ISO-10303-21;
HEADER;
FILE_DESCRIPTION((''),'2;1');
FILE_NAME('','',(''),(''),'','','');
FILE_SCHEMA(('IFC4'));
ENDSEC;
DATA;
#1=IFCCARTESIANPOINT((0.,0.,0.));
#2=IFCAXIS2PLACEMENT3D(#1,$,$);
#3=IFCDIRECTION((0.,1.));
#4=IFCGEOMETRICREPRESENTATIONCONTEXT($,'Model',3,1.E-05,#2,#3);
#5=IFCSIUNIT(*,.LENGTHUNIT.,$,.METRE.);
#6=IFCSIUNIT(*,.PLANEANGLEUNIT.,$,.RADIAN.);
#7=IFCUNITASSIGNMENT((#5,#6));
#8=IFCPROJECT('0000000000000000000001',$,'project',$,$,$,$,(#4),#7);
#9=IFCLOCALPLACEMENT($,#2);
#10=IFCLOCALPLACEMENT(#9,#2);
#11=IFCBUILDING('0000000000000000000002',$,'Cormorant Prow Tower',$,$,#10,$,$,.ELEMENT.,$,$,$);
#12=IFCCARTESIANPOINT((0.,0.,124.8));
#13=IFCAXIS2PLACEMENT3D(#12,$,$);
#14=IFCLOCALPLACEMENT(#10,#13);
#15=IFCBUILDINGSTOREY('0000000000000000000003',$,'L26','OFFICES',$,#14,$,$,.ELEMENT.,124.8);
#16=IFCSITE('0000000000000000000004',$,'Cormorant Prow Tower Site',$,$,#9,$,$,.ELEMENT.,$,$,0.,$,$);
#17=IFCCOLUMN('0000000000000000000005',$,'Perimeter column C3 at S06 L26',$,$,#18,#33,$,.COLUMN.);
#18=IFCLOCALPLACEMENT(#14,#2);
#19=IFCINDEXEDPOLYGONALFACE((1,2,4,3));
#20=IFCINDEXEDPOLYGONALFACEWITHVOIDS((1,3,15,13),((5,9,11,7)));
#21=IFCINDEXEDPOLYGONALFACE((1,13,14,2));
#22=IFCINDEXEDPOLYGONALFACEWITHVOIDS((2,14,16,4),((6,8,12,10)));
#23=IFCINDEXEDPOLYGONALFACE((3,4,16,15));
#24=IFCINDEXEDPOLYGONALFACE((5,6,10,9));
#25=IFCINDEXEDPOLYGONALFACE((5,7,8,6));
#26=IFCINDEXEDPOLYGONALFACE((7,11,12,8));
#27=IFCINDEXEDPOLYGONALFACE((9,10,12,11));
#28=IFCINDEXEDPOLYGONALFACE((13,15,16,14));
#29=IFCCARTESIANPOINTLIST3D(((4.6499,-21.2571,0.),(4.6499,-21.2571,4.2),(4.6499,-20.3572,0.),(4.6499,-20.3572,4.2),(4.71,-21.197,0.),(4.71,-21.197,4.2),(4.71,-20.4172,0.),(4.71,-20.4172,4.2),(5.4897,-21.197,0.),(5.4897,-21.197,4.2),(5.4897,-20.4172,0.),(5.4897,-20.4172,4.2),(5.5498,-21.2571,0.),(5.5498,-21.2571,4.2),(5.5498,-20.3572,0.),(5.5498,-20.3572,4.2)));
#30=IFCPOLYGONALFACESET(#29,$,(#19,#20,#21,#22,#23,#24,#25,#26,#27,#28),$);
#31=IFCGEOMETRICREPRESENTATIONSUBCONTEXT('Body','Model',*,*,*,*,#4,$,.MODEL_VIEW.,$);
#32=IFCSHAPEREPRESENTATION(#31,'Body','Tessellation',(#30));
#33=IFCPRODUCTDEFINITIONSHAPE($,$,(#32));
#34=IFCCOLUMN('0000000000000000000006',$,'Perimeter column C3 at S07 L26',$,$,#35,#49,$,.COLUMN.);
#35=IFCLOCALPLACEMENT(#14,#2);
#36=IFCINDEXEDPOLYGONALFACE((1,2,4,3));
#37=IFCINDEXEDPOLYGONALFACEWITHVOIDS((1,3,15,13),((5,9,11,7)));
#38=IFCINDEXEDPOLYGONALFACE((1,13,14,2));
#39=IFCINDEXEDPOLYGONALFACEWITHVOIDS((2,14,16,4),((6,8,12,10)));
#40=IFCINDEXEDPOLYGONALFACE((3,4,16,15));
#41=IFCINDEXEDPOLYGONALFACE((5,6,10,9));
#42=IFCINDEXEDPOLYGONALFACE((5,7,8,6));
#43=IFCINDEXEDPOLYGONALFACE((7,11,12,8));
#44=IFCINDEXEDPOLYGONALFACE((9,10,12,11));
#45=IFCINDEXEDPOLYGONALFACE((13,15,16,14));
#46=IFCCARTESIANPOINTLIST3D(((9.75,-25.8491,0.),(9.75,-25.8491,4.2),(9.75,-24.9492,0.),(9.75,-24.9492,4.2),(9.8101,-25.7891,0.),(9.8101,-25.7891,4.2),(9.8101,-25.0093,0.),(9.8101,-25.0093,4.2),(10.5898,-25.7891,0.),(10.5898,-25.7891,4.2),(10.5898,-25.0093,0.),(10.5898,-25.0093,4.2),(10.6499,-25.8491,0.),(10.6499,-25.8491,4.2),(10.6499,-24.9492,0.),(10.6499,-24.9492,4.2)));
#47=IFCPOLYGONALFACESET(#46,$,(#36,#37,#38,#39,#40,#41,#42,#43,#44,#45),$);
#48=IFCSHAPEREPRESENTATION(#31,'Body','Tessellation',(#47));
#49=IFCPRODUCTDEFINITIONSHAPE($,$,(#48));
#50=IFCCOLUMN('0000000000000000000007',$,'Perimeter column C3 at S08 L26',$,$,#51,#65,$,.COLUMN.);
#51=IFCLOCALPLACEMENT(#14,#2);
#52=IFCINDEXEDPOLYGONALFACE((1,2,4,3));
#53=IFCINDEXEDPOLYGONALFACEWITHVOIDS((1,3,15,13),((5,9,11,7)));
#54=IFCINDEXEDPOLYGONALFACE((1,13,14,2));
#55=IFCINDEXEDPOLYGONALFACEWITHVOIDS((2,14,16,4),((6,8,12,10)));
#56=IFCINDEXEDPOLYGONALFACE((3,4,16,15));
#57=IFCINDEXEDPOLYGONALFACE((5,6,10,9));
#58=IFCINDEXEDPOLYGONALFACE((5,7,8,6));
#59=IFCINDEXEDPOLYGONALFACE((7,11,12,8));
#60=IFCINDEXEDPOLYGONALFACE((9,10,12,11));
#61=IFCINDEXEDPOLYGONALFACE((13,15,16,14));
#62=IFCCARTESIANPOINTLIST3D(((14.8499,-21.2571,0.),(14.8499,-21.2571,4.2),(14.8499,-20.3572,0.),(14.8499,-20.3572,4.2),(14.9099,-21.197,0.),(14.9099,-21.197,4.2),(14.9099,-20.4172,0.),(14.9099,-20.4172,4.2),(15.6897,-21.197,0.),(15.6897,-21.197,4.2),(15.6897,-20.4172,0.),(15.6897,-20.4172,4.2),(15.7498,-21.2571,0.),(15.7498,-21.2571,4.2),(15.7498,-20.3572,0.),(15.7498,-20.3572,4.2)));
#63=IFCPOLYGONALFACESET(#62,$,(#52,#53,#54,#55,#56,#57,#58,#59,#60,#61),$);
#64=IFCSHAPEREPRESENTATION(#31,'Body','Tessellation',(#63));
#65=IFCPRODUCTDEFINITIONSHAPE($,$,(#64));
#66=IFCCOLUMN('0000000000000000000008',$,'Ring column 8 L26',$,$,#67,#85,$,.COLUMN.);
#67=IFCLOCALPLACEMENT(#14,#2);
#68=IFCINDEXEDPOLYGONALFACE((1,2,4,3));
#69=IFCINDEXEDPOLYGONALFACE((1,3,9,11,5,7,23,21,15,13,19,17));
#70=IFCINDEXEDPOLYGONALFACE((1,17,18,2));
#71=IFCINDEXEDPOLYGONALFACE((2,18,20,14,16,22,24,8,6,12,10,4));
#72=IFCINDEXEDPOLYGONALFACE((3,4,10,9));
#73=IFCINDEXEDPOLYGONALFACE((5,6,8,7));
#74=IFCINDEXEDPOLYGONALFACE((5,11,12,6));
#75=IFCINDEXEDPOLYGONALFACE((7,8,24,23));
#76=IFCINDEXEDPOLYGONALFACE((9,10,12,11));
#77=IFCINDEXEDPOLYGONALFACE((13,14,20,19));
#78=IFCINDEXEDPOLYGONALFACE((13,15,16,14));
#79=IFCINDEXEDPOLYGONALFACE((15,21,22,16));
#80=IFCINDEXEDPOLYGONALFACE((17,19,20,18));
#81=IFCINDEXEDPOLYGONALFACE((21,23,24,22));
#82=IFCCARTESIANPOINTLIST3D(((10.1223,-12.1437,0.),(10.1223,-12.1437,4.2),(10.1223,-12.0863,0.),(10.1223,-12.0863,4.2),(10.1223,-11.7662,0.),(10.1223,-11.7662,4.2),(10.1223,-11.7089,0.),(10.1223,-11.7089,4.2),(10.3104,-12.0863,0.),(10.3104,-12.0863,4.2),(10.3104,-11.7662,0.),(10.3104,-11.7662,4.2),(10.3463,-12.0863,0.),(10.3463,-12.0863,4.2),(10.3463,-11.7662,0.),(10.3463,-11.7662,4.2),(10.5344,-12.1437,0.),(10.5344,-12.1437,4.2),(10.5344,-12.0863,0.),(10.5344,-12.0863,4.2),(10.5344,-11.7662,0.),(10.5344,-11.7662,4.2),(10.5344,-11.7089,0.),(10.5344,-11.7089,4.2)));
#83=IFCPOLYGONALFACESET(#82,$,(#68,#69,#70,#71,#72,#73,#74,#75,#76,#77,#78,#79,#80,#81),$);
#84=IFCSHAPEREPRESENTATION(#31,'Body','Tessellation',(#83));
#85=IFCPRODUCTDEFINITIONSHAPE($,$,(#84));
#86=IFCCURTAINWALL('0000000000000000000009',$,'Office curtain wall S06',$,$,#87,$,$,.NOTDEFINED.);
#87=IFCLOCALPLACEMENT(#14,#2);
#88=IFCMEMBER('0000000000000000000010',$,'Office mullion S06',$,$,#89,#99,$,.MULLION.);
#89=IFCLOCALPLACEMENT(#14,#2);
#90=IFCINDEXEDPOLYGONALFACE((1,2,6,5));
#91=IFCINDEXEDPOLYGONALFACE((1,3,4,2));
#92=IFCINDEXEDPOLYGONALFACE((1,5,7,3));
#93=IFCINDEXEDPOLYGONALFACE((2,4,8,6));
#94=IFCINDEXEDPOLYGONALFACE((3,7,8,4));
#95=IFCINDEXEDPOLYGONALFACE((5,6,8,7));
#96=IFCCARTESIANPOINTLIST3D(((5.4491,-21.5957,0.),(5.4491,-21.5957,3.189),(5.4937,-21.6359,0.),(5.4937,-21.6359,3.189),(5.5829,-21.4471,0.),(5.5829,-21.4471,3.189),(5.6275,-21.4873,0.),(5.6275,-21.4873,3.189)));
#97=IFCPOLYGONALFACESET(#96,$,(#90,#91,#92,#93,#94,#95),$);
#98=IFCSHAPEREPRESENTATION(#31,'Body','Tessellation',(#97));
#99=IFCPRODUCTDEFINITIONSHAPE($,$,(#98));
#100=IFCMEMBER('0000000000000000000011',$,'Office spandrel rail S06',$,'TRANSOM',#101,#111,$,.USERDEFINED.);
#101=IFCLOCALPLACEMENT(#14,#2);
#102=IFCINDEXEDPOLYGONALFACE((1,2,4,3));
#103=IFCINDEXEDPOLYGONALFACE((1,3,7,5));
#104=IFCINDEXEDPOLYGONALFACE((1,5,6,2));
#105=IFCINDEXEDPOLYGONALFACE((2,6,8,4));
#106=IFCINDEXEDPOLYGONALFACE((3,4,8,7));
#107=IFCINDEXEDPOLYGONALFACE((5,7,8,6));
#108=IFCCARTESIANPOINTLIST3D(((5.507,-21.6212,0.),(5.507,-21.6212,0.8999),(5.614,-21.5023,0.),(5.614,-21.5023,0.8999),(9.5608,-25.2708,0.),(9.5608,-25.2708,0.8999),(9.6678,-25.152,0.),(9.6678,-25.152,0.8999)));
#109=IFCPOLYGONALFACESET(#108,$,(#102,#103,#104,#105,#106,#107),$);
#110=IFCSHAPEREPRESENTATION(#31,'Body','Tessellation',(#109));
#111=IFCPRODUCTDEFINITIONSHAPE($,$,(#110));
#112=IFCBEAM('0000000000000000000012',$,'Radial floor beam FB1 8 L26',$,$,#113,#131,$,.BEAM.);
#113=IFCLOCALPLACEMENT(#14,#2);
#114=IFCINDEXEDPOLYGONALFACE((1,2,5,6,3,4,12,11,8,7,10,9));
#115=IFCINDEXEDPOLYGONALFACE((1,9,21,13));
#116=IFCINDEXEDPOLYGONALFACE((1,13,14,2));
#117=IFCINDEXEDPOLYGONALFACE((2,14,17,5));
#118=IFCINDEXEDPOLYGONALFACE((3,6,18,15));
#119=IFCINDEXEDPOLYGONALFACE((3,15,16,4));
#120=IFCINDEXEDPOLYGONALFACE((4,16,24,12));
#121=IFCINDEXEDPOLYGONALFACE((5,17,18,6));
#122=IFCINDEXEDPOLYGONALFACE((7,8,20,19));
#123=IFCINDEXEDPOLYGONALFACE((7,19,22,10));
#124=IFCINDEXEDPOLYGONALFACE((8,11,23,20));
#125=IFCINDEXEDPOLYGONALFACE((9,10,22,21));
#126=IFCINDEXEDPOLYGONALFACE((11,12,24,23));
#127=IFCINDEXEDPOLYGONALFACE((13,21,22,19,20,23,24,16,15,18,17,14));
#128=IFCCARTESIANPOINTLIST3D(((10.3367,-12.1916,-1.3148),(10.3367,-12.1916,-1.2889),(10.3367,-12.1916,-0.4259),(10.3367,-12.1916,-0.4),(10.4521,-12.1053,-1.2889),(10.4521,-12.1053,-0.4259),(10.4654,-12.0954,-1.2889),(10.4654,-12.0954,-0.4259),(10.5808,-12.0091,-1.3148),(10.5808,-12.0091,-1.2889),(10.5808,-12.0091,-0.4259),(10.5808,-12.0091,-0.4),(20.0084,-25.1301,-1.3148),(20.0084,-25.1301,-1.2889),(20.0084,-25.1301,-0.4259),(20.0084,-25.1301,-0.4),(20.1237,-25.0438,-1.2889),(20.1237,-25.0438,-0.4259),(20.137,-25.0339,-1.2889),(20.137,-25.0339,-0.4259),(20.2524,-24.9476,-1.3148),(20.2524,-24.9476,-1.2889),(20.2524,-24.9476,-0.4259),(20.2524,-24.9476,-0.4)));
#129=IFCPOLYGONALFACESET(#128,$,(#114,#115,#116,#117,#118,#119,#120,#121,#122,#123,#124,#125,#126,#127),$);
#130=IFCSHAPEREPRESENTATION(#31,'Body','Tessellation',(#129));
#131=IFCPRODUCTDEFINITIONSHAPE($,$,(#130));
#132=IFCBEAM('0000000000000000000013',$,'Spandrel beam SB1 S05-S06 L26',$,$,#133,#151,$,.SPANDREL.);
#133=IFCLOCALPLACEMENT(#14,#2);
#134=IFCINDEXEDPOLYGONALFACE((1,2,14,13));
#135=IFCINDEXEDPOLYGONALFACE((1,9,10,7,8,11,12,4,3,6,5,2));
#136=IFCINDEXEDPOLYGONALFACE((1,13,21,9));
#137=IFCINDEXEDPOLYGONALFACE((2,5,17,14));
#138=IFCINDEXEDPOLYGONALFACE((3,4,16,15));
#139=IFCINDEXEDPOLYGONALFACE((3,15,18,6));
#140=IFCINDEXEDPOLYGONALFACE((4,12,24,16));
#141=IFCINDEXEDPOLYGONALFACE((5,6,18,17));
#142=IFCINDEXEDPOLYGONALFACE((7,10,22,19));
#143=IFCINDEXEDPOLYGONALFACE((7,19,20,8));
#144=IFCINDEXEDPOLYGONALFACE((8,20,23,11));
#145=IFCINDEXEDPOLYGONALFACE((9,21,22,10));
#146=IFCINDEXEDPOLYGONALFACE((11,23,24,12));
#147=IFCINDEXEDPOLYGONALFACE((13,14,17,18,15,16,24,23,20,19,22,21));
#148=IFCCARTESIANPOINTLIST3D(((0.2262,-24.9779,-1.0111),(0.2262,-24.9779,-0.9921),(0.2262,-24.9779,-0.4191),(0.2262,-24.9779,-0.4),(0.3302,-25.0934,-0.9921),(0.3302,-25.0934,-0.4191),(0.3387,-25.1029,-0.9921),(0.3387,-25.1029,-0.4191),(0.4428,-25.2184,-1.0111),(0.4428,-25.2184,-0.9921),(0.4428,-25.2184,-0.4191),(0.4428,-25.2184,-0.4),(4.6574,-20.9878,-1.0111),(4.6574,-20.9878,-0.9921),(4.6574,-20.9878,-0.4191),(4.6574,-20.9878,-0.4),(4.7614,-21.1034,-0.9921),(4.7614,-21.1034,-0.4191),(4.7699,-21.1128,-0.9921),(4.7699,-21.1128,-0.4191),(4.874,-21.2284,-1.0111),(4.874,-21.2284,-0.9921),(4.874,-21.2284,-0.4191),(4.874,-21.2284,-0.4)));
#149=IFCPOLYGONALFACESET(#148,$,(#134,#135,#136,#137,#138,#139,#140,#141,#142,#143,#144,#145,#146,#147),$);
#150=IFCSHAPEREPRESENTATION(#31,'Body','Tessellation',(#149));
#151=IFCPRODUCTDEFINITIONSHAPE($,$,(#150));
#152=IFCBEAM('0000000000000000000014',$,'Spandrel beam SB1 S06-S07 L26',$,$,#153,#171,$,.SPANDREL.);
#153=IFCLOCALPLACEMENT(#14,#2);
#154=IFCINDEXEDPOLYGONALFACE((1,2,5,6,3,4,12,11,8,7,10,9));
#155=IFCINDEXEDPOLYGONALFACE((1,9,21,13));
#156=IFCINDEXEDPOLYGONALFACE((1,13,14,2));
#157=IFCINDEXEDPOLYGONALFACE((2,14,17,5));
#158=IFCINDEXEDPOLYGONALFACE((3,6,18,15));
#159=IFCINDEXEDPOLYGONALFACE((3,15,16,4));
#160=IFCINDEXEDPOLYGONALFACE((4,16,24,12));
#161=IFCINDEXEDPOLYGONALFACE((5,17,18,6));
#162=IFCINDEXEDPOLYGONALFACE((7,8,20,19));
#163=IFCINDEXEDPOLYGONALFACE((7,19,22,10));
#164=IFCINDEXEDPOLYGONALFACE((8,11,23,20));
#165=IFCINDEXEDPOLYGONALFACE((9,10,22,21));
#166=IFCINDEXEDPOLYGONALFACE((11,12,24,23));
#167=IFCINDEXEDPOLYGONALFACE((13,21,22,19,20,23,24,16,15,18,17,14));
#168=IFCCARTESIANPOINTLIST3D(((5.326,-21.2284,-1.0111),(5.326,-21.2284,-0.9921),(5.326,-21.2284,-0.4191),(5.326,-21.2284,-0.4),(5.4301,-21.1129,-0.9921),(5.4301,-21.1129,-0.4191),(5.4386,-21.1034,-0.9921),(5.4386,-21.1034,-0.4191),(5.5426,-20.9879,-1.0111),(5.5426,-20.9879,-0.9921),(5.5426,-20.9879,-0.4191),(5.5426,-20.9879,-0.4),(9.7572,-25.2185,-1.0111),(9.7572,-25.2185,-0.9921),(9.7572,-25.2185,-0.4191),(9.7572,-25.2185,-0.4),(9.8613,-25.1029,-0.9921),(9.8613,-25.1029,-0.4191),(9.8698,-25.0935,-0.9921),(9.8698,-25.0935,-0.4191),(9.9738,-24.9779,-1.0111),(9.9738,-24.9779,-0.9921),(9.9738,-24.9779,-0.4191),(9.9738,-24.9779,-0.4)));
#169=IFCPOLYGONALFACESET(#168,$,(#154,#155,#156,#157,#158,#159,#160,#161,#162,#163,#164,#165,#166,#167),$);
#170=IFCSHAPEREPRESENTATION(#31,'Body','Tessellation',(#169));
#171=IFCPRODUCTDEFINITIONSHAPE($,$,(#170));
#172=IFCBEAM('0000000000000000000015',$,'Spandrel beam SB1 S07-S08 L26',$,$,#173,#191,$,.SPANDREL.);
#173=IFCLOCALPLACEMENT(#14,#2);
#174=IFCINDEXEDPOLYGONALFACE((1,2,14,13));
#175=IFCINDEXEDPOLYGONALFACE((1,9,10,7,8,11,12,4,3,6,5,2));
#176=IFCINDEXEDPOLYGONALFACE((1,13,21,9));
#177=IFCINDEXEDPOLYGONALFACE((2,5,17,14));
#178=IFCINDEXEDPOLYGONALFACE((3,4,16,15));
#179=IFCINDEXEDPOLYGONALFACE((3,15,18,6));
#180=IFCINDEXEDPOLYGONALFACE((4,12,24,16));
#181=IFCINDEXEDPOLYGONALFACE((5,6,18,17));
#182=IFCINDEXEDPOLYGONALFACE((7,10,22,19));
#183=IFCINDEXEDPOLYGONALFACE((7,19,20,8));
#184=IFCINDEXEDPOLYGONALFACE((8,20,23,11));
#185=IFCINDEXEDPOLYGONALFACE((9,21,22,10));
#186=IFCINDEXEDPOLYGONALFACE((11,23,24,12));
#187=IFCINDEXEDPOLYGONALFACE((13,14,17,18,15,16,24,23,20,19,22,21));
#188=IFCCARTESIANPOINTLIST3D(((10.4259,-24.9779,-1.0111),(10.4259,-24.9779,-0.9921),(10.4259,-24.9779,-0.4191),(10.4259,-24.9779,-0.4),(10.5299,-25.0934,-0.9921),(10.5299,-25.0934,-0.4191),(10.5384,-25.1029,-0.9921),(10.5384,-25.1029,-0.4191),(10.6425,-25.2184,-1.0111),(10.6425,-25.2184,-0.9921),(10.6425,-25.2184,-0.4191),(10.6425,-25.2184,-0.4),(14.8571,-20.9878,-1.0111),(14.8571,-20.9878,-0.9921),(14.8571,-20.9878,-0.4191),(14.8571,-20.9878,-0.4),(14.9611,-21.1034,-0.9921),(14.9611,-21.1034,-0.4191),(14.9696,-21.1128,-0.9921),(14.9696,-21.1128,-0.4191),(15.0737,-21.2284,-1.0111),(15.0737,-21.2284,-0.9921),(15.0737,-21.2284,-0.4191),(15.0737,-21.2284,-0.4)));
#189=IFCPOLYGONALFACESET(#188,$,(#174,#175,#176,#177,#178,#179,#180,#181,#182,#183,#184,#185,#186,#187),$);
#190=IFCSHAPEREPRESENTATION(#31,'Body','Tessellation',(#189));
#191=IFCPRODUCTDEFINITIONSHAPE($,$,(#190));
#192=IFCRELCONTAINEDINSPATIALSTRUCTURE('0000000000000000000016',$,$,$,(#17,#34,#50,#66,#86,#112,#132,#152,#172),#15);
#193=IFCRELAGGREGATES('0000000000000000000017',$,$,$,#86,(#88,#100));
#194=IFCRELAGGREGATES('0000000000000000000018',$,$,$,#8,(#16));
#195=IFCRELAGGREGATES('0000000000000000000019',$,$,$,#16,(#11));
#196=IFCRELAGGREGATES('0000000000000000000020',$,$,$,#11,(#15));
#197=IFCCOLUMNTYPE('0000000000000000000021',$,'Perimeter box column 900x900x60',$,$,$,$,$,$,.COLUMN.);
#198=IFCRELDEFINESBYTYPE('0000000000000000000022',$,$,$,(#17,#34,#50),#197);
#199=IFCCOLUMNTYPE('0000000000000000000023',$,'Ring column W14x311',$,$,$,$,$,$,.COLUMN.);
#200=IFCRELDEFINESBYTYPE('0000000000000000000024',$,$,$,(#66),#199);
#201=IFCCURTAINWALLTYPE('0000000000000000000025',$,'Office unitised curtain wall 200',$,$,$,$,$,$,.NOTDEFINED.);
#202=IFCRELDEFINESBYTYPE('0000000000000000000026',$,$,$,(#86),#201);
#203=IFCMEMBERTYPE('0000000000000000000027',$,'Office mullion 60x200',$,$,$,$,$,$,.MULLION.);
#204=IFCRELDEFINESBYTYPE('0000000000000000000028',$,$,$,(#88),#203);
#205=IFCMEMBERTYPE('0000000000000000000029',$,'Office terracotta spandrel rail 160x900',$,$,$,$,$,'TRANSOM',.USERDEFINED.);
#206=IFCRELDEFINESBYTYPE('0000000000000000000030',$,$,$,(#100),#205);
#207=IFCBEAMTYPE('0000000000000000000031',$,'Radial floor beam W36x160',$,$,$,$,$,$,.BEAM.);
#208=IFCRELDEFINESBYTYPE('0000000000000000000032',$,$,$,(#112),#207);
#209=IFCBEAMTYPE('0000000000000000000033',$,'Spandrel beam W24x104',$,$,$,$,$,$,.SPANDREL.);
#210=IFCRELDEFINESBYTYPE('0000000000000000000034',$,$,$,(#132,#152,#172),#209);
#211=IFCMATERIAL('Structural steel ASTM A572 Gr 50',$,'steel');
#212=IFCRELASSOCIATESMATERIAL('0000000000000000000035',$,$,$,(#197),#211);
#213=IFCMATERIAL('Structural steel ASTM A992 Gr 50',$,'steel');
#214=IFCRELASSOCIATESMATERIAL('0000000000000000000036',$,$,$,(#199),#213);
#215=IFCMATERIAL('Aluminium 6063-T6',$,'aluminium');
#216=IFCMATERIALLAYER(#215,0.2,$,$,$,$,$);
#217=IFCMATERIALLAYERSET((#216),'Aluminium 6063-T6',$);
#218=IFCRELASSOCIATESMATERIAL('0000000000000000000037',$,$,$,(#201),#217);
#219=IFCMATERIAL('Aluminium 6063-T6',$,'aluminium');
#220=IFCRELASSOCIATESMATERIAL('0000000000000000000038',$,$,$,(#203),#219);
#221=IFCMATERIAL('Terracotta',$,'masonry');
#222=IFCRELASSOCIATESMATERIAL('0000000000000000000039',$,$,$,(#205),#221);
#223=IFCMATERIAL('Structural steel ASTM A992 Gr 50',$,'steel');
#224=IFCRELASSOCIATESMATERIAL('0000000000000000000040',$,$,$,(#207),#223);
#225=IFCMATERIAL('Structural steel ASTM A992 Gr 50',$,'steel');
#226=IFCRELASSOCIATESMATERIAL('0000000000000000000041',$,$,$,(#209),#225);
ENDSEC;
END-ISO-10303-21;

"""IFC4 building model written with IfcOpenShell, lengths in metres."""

from ifc_helpers import new_model, si_unit, direction, frame, origin, origin_2d, place, context, subcontext, project, spatial, rectangle, hollow_rectangle, i_section, extrude, material, layer, layer_set, material_profile, profile_set, type_object, element, aggregate, save


model = new_model("IFC4")

# Units and contexts
model_context = context("Model", 3, precision=1e-05, world=origin(), true_north=direction((0.0, 1.0)))
body_context = subcontext(model_context, "Body", "Model", "MODEL_VIEW")
ifc_project = project(units=[si_unit("LENGTHUNIT", "METRE"), si_unit("PLANEANGLEUNIT", "RADIAN")], contexts=[model_context])

# Site, building, storey
site_placement = place(None, origin())
site = spatial("IfcSite", under=ifc_project, at=site_placement, Name="Cormorant Prow Tower Site", CompositionType="ELEMENT", RefElevation=0.0)
building_placement = place(site_placement, origin())
building = spatial("IfcBuilding", under=site, at=building_placement, Name="Cormorant Prow Tower", CompositionType="ELEMENT")
storey_placement = place(building_placement, frame((0.0, 0.0, 124.8)))
storey = spatial("IfcBuildingStorey", under=building, at=storey_placement, Name="L26", Description="OFFICES", CompositionType="ELEMENT", Elevation=124.8)

# Columns
ifc_material_1 = material(Name="Structural steel ASTM A572 Gr 50", Category="steel")
ifc_material_profile_1 = material_profile(ifc_material_1, hollow_rectangle(XDim=0.8999, YDim=0.8999, WallThickness=0.0601, at=origin_2d()), Name="Box 900x900x60")
ifc_profile_set_1 = profile_set([ifc_material_profile_1], Name="Structural steel ASTM A572 Gr 50")
column_type_1 = type_object("IfcColumnType", Name="Perimeter box column 900x900x60", PredefinedType="COLUMN", material=ifc_profile_set_1)
for number, where, z_axis, x_axis, name in (
    (1, (5.0999, -20.8071, 0.0), (0.0, 0.0, 1.0), (1.0, 0.0, 0.0), "Perimeter column C3 at S06 L26"),
    (2, (10.2, -25.3992, 0.0), (0.0, 0.0, 1.0), (1.0, 0.0, 0.0), "Perimeter column C3 at S07 L26"),
    (3, (15.2998, -20.8071, 0.0), (0.0, 0.0, 1.0), (1.0, 0.0, 0.0), "Perimeter column C3 at S08 L26"),
):
    element("IfcColumn", number, at=place(storey_placement, frame(where, z_axis=z_axis, x_axis=x_axis)), inside=storey, type_object=column_type_1, Name=name, PredefinedType="COLUMN", context=body_context, shape_type="SweptSolid", body=[
        extrude(hollow_rectangle(XDim=0.8999, YDim=0.8999, WallThickness=0.0601, at=origin_2d()), origin(), (0.0, 0.0, 1.0), 4.2),
    ])
ifc_material_2 = material(Name="Structural steel ASTM A992 Gr 50", Category="steel")
ifc_material_profile_2 = material_profile(ifc_material_2, i_section(OverallWidth=0.4121, OverallDepth=0.4348, WebThickness=0.0359, FlangeThickness=0.0574, at=origin_2d()), Name="W14x311")
ifc_profile_set_2 = profile_set([ifc_material_profile_2], Name="Structural steel ASTM A992 Gr 50")
column_type_2 = type_object("IfcColumnType", Name="Ring column W14x311", PredefinedType="COLUMN", material=ifc_profile_set_2)
column_placement = place(storey_placement, frame((10.3284, -11.9263, 0.0), z_axis=(0.0, 0.0, 1.0), x_axis=(1.0, 0.0, 0.0)))
element("IfcColumn", 4, at=column_placement, inside=storey, type_object=column_type_2, Name="Ring column 8 L26", PredefinedType="COLUMN", context=body_context, shape_type="SweptSolid", body=[
    extrude(i_section(OverallWidth=0.4121, OverallDepth=0.4348, WebThickness=0.0359, FlangeThickness=0.0574, at=origin_2d()), origin(), (0.0, 0.0, 1.0), 4.2),
])

# Curtain wall, members
ifc_material_3 = material(Name="Aluminium 6063-T6", Category="aluminium")
ifc_layer_1 = layer(ifc_material_3, 0.2)
ifc_layer_set_1 = layer_set([ifc_layer_1], Name="Aluminium 6063-T6")
curtain_wall_type = type_object("IfcCurtainWallType", Name="Office unitised curtain wall 200", PredefinedType="NOTDEFINED", material=ifc_layer_set_1)
curtain_wall_placement = place(storey_placement, origin())
curtain_wall = element("IfcCurtainWall", 5, at=curtain_wall_placement, inside=storey, type_object=curtain_wall_type, Name="Office curtain wall S06", PredefinedType="NOTDEFINED")
ifc_material_4 = material(Name="Aluminium 6063-T6", Category="aluminium")
ifc_material_profile_3 = material_profile(ifc_material_4, rectangle(XDim=0.2, YDim=0.0601, at=origin_2d()), Name="Office mullion 60x200")
ifc_profile_set_3 = profile_set([ifc_material_profile_3], Name="Aluminium 6063-T6")
member_type_1 = type_object("IfcMemberType", Name="Office mullion 60x200", PredefinedType="MULLION", material=ifc_profile_set_3)
member_1_placement = place(storey_placement, frame((5.5383, -21.5415, 0.0), z_axis=(0.0, 0.0, 1.0), x_axis=(0.669131, 0.743145, 0.0)))
member_1 = element("IfcMember", 6, at=member_1_placement, type_object=member_type_1, Name="Office mullion S06", PredefinedType="MULLION", context=body_context, shape_type="SweptSolid", body=[
    extrude(rectangle(XDim=0.2, YDim=0.0601, at=origin_2d()), origin(), (0.0, 0.0, 1.0), 3.189),
])
ifc_material_5 = material(Name="Terracotta", Category="masonry")
ifc_material_profile_4 = material_profile(ifc_material_5, rectangle(XDim=0.1599, YDim=0.8999, at=origin_2d()), Name="Office terracotta spandrel rail 160x900")
ifc_profile_set_4 = profile_set([ifc_material_profile_4], Name="Terracotta")
member_type_2 = type_object("IfcMemberType", Name="Office terracotta spandrel rail 160x900", ElementType="TRANSOM", PredefinedType="USERDEFINED", material=ifc_profile_set_4)
member_2_placement = place(storey_placement, frame((5.5605, -21.5618, 0.45), z_axis=(0.743174, -0.669098, 0.0), x_axis=(0.669098, 0.743174, 0.0)))
member_2 = element("IfcMember", 7, at=member_2_placement, type_object=member_type_2, Name="Office spandrel rail S06", ObjectType="TRANSOM", PredefinedType="USERDEFINED", context=body_context, shape_type="SweptSolid", body=[
    extrude(rectangle(XDim=0.1599, YDim=0.8999, at=origin_2d()), origin(), (0.0, 0.0, 1.0), 5.4546),
])

# Beams
ifc_material_6 = material(Name="Structural steel ASTM A992 Gr 50", Category="steel")
ifc_material_profile_5 = material_profile(ifc_material_6, i_section(OverallWidth=0.3047, OverallDepth=0.9148, WebThickness=0.0166, FlangeThickness=0.0259, at=origin_2d()), Name="W36x160")
ifc_profile_set_5 = profile_set([ifc_material_profile_5], Name="Structural steel ASTM A992 Gr 50")
beam_type_1 = type_object("IfcBeamType", Name="Radial floor beam W36x160", PredefinedType="BEAM", material=ifc_profile_set_5)
beam_placement = place(storey_placement, frame((10.4587, -12.1003, -0.8574), z_axis=(0.598722, -0.800957, 0.0), x_axis=(0.800957, 0.598722, 0.0)))
element("IfcBeam", 8, at=beam_placement, inside=storey, type_object=beam_type_1, Name="Radial floor beam FB1 8 L26", PredefinedType="BEAM", context=body_context, shape_type="SweptSolid", body=[
    extrude(i_section(OverallWidth=0.3047, OverallDepth=0.9148, WebThickness=0.0166, FlangeThickness=0.0259, at=origin_2d()), origin(), (0.0, 0.0, 1.0), 16.1538),
])
ifc_material_7 = material(Name="Structural steel ASTM A992 Gr 50", Category="steel")
ifc_material_profile_6 = material_profile(ifc_material_7, i_section(OverallWidth=0.3237, OverallDepth=0.6111, WebThickness=0.0127, FlangeThickness=0.019, at=origin_2d()), Name="W24x104")
ifc_profile_set_6 = profile_set([ifc_material_profile_6], Name="Structural steel ASTM A992 Gr 50")
beam_type_2 = type_object("IfcBeamType", Name="Spandrel beam W24x104", PredefinedType="SPANDREL", material=ifc_profile_set_6)
for number, where, z_axis, x_axis, name in (
    (9, (0.3345, -25.0981, -0.7056), (0.743131, 0.669146, 0.0), (-0.669146, 0.743131, 0.0), "Spandrel beam SB1 S05-S06 L26"),
    (10, (5.4343, -21.1082, -0.7056), (0.743131, -0.669146, 0.0), (0.669146, 0.743131, 0.0), "Spandrel beam SB1 S06-S07 L26"),
    (11, (10.5342, -25.0981, -0.7056), (0.743131, 0.669146, 0.0), (-0.669146, 0.743131, 0.0), "Spandrel beam SB1 S07-S08 L26"),
):
    element("IfcBeam", number, at=place(storey_placement, frame(where, z_axis=z_axis, x_axis=x_axis)), inside=storey, type_object=beam_type_2, Name=name, PredefinedType="SPANDREL", context=body_context, shape_type="SweptSolid", body=[
        extrude(i_section(OverallWidth=0.3237, OverallDepth=0.6111, WebThickness=0.0127, FlangeThickness=0.019, at=origin_2d()), origin(), (0.0, 0.0, 1.0), 5.9629),
    ])

aggregate(curtain_wall, [member_1, member_2])

save(model, "model.ifc")
